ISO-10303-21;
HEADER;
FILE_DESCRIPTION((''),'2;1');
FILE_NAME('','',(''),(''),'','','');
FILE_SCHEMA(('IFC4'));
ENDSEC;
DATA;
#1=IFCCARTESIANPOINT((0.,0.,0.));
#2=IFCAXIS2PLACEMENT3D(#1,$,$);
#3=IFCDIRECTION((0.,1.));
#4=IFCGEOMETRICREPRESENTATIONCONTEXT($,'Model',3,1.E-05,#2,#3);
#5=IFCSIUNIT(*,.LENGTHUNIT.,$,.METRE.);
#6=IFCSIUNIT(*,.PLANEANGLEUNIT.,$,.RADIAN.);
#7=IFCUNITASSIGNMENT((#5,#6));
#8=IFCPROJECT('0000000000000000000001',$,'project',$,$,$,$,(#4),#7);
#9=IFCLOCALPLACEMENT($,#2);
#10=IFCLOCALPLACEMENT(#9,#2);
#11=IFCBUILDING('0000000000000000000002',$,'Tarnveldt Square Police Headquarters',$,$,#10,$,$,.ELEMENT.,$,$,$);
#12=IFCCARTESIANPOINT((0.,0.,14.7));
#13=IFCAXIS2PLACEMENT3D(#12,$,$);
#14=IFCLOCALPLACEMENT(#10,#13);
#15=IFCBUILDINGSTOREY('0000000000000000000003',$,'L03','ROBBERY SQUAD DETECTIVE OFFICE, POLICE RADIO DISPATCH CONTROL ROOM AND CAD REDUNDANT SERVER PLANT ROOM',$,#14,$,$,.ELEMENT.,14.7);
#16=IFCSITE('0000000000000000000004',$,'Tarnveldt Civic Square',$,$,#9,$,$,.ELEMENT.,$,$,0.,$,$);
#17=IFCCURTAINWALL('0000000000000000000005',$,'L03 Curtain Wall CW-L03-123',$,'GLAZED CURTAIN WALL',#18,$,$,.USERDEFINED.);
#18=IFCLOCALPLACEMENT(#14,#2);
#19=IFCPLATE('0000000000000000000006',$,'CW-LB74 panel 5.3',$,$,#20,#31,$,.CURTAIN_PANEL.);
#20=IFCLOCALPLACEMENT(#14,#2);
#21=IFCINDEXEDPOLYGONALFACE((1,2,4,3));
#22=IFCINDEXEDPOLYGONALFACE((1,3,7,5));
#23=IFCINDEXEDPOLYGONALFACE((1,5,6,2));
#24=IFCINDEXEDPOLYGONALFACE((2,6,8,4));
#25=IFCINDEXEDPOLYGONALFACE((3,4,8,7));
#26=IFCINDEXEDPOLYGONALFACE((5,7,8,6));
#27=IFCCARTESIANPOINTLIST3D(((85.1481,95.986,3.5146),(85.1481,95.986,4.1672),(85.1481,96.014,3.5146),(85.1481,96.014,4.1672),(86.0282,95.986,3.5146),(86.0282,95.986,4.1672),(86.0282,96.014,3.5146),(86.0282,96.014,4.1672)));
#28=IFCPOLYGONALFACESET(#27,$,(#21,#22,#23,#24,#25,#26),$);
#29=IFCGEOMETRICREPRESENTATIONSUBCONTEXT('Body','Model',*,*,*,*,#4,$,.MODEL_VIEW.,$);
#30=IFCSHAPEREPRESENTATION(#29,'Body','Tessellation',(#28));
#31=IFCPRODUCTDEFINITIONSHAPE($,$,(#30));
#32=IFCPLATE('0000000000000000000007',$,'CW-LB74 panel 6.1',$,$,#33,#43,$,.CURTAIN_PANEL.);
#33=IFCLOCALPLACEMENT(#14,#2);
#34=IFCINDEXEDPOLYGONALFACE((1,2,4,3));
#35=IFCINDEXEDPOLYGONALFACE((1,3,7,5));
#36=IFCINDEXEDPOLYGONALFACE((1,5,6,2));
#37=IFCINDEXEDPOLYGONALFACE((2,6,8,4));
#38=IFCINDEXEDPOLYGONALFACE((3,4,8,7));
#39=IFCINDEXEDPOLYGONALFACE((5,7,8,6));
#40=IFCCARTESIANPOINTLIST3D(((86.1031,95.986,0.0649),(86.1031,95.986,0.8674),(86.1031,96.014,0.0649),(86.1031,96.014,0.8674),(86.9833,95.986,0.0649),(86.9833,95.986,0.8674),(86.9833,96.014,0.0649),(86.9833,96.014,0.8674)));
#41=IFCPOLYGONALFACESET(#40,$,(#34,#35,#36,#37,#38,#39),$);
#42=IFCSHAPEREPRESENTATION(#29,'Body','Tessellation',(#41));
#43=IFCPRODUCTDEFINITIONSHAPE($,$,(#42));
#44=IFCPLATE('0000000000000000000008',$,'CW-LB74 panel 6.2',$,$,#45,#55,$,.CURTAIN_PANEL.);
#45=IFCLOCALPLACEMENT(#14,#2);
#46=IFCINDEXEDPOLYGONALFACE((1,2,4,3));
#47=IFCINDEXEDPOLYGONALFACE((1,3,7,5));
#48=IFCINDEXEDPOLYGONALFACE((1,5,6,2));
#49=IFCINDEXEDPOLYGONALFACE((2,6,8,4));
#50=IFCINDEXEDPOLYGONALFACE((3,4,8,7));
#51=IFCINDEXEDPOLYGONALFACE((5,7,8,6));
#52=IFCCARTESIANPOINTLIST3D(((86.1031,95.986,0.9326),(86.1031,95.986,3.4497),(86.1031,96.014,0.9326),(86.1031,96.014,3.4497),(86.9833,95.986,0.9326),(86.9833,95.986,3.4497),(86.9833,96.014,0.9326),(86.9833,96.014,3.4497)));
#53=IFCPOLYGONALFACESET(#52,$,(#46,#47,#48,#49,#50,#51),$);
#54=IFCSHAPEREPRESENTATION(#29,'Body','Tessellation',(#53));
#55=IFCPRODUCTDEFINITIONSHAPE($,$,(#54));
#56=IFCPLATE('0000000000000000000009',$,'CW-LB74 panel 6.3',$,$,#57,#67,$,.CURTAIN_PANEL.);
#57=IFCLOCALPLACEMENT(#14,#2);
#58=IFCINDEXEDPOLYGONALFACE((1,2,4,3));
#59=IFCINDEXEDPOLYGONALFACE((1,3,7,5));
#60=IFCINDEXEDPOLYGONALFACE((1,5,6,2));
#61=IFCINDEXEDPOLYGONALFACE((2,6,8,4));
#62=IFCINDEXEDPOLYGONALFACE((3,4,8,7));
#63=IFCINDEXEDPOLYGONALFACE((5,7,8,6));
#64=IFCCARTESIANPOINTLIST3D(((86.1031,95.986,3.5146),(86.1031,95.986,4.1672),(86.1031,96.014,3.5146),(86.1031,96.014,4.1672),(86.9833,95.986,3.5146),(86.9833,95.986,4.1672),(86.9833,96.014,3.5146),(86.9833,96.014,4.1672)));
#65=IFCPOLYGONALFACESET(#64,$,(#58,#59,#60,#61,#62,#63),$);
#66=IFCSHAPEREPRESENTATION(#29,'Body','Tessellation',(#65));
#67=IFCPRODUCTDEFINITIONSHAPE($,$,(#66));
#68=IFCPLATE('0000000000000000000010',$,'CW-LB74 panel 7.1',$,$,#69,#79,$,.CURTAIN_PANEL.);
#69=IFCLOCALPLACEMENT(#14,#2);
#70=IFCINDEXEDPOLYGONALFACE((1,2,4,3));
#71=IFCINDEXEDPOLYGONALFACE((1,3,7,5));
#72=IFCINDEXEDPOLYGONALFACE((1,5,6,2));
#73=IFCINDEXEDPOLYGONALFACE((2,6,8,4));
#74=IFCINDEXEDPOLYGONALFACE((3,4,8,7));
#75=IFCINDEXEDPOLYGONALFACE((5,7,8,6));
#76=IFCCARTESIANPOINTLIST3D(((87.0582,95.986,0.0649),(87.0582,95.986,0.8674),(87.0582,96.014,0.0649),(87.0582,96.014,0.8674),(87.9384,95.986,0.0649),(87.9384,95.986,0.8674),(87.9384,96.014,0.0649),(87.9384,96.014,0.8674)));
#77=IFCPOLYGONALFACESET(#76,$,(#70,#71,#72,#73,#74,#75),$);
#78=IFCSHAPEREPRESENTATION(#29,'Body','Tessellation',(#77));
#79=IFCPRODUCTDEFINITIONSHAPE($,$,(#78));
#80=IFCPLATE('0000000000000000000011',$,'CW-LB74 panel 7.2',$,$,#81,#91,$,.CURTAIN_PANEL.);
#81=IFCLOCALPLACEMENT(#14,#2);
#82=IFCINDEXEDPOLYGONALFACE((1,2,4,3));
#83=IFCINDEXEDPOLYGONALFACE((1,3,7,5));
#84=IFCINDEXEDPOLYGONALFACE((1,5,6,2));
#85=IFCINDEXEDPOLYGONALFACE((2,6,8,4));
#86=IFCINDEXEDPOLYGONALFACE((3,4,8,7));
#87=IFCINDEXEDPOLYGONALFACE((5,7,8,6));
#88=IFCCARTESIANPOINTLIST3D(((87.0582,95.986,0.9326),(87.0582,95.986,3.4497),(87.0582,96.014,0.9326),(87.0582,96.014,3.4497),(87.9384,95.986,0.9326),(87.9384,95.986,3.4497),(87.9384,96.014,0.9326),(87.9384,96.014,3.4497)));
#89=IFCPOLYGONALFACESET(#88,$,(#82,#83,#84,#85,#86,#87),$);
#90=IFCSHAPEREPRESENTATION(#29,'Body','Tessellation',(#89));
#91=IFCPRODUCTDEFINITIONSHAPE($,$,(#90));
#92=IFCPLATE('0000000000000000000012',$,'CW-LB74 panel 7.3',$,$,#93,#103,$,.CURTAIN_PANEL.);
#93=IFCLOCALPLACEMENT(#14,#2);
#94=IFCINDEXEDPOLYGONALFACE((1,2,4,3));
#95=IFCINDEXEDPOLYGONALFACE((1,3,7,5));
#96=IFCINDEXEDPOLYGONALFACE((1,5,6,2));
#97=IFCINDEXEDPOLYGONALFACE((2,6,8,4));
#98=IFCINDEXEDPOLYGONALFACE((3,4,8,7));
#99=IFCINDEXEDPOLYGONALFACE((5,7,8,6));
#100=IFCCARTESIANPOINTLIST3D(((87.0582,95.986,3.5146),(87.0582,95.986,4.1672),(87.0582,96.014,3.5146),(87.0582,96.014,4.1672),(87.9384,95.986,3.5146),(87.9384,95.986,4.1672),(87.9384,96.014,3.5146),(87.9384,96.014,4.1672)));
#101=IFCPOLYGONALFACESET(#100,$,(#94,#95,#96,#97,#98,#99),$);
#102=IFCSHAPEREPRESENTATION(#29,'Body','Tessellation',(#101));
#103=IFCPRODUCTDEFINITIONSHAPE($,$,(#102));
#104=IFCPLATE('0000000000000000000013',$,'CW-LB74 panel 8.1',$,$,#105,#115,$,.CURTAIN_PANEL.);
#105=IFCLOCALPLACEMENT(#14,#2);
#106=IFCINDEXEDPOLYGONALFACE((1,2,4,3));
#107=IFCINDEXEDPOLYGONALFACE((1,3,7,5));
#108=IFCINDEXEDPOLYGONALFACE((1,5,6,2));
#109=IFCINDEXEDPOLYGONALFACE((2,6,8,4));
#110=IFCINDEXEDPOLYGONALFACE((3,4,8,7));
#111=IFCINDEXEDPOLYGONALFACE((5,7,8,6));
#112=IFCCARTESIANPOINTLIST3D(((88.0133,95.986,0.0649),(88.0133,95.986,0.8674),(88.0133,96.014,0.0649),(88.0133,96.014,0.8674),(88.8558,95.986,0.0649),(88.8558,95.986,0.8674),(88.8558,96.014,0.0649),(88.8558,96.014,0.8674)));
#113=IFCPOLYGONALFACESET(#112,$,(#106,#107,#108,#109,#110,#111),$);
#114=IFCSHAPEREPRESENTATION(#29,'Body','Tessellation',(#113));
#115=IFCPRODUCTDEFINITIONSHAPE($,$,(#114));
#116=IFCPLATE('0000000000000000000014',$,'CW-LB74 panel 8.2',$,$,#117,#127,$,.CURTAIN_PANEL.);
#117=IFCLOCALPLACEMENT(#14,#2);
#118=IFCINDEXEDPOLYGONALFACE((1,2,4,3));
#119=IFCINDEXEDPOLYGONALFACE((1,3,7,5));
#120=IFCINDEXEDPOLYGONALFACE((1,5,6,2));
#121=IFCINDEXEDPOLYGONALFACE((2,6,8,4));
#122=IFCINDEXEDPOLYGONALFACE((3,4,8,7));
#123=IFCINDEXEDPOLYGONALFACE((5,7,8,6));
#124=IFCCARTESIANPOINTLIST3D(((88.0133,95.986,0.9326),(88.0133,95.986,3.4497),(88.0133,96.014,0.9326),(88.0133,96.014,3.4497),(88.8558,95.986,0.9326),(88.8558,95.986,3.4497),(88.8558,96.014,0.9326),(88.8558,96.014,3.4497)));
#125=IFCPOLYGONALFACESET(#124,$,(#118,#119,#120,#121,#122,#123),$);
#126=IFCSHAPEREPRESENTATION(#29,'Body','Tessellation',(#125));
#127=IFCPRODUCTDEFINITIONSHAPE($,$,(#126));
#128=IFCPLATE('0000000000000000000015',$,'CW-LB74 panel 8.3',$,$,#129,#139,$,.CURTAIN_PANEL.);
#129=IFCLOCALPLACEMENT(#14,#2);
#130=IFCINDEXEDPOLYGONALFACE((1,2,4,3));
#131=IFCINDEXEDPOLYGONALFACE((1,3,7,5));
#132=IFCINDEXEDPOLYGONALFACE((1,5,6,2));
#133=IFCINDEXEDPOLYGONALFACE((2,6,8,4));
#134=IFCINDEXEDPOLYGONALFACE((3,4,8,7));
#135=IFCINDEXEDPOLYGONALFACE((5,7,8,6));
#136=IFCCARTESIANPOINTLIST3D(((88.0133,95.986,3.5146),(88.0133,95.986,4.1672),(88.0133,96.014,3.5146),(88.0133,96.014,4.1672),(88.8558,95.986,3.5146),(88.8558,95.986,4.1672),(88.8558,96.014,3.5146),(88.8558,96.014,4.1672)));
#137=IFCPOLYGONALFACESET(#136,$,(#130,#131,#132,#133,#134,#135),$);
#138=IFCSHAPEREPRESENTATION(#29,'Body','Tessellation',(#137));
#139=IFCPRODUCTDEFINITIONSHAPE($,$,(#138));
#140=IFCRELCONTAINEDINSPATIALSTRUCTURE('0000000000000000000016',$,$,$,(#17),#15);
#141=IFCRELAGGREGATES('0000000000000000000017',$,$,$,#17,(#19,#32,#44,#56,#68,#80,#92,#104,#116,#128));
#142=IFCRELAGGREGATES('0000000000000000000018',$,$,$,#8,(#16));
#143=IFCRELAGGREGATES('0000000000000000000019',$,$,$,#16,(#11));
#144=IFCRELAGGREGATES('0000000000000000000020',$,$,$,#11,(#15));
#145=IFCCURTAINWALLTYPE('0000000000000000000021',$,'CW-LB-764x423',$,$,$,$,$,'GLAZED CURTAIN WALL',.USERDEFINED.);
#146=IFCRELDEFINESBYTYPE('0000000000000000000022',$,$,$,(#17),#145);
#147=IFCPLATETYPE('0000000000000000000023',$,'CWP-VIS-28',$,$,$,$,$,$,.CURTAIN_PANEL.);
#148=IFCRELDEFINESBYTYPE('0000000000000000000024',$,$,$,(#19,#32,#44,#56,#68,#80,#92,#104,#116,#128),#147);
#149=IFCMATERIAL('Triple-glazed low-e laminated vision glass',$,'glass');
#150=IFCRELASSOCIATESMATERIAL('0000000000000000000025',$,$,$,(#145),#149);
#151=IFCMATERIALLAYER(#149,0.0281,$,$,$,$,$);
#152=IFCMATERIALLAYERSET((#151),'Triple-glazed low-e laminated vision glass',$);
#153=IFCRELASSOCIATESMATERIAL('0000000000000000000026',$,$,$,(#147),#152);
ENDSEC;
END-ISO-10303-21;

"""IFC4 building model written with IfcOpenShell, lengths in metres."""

from ifc_helpers import new_model, si_unit, direction, frame, origin, origin_2d, place, context, subcontext, project, spatial, rectangle, extrude, material, layer, layer_set, type_object, element, aggregate, save


model = new_model("IFC4")

# Units and contexts
model_context = context("Model", 3, precision=1e-05, world=origin(), true_north=direction((0.0, 1.0)))
body_context = subcontext(model_context, "Body", "Model", "MODEL_VIEW")
ifc_project = project(units=[si_unit("LENGTHUNIT", "METRE"), si_unit("PLANEANGLEUNIT", "RADIAN")], contexts=[model_context])

# Site, building, storey
site_placement = place(None, origin())
site = spatial("IfcSite", under=ifc_project, at=site_placement, Name="Tarnveldt Civic Square", CompositionType="ELEMENT", RefElevation=0.0)
building_placement = place(site_placement, origin())
building = spatial("IfcBuilding", under=site, at=building_placement, Name="Tarnveldt Square Police Headquarters", CompositionType="ELEMENT")
storey_placement = place(building_placement, frame((0.0, 0.0, 14.7)))
storey = spatial("IfcBuildingStorey", under=building, at=storey_placement, Name="L03", Description="ROBBERY SQUAD DETECTIVE OFFICE, POLICE RADIO DISPATCH CONTROL ROOM AND CAD REDUNDANT SERVER PLANT ROOM", CompositionType="ELEMENT", Elevation=14.7)

# Curtain wall
ifc_material_1 = material(Name="Triple-glazed low-e laminated vision glass", Category="glass")
curtain_wall_type_1 = type_object("IfcCurtainWallType", Name="CW-LB-764x423", ElementType="GLAZED CURTAIN WALL", PredefinedType="USERDEFINED", material=ifc_material_1)
curtain_wall_1_placement = place(storey_placement, origin())
curtain_wall_1 = element("IfcCurtainWall", 1, at=curtain_wall_1_placement, inside=storey, type_object=curtain_wall_type_1, Name="L03 Curtain Wall CW-L03-123", ObjectType="GLAZED CURTAIN WALL", PredefinedType="USERDEFINED")

# Plates
ifc_layer = layer(ifc_material_1, 0.0281)
ifc_layer_set = layer_set([ifc_layer], Name="Triple-glazed low-e laminated vision glass")
plate_type = type_object("IfcPlateType", Name="CWP-VIS-28", PredefinedType="CURTAIN_PANEL", material=ifc_layer_set)
plate_1_placement = place(storey_placement, frame((85.5881, 96.0, 3.5146), z_axis=(0.0, 0.0, 1.0), x_axis=(1.0, 0.0, 0.0)))
plate_1 = element("IfcPlate", 2, at=plate_1_placement, type_object=plate_type, Name="CW-LB74 panel 5.3", PredefinedType="CURTAIN_PANEL", context=body_context, shape_type="SweptSolid", body=[
    extrude(rectangle(XDim=0.8801, YDim=0.0281, at=origin_2d()), origin(), (0.0, 0.0, 1.0), 0.6526),
])
plate_2_placement = place(storey_placement, frame((86.5432, 96.0, 0.0649), z_axis=(0.0, 0.0, 1.0), x_axis=(1.0, 0.0, 0.0)))
plate_2 = element("IfcPlate", 3, at=plate_2_placement, type_object=plate_type, Name="CW-LB74 panel 6.1", PredefinedType="CURTAIN_PANEL", context=body_context, shape_type="SweptSolid", body=[
    extrude(rectangle(XDim=0.8801, YDim=0.0281, at=origin_2d()), origin(), (0.0, 0.0, 1.0), 0.8025),
])
plate_3_placement = place(storey_placement, frame((86.5432, 96.0, 0.9326), z_axis=(0.0, 0.0, 1.0), x_axis=(1.0, 0.0, 0.0)))
plate_3 = element("IfcPlate", 4, at=plate_3_placement, type_object=plate_type, Name="CW-LB74 panel 6.2", PredefinedType="CURTAIN_PANEL", context=body_context, shape_type="SweptSolid", body=[
    extrude(rectangle(XDim=0.8801, YDim=0.0281, at=origin_2d()), origin(), (0.0, 0.0, 1.0), 2.5171),
])
plate_4_placement = place(storey_placement, frame((86.5432, 96.0, 3.5146), z_axis=(0.0, 0.0, 1.0), x_axis=(1.0, 0.0, 0.0)))
plate_4 = element("IfcPlate", 5, at=plate_4_placement, type_object=plate_type, Name="CW-LB74 panel 6.3", PredefinedType="CURTAIN_PANEL", context=body_context, shape_type="SweptSolid", body=[
    extrude(rectangle(XDim=0.8801, YDim=0.0281, at=origin_2d()), origin(), (0.0, 0.0, 1.0), 0.6526),
])
plate_5_placement = place(storey_placement, frame((87.4983, 96.0, 0.0649), z_axis=(0.0, 0.0, 1.0), x_axis=(1.0, 0.0, 0.0)))
plate_5 = element("IfcPlate", 6, at=plate_5_placement, type_object=plate_type, Name="CW-LB74 panel 7.1", PredefinedType="CURTAIN_PANEL", context=body_context, shape_type="SweptSolid", body=[
    extrude(rectangle(XDim=0.8801, YDim=0.0281, at=origin_2d()), origin(), (0.0, 0.0, 1.0), 0.8025),
])
plate_6_placement = place(storey_placement, frame((87.4983, 96.0, 0.9326), z_axis=(0.0, 0.0, 1.0), x_axis=(1.0, 0.0, 0.0)))
plate_6 = element("IfcPlate", 7, at=plate_6_placement, type_object=plate_type, Name="CW-LB74 panel 7.2", PredefinedType="CURTAIN_PANEL", context=body_context, shape_type="SweptSolid", body=[
    extrude(rectangle(XDim=0.8801, YDim=0.0281, at=origin_2d()), origin(), (0.0, 0.0, 1.0), 2.5171),
])
plate_7_placement = place(storey_placement, frame((87.4983, 96.0, 3.5146), z_axis=(0.0, 0.0, 1.0), x_axis=(1.0, 0.0, 0.0)))
plate_7 = element("IfcPlate", 8, at=plate_7_placement, type_object=plate_type, Name="CW-LB74 panel 7.3", PredefinedType="CURTAIN_PANEL", context=body_context, shape_type="SweptSolid", body=[
    extrude(rectangle(XDim=0.8801, YDim=0.0281, at=origin_2d()), origin(), (0.0, 0.0, 1.0), 0.6526),
])
plate_8_placement = place(storey_placement, frame((88.4346, 96.0, 0.0649), z_axis=(0.0, 0.0, 1.0), x_axis=(1.0, 0.0, 0.0)))
plate_8 = element("IfcPlate", 9, at=plate_8_placement, type_object=plate_type, Name="CW-LB74 panel 8.1", PredefinedType="CURTAIN_PANEL", context=body_context, shape_type="SweptSolid", body=[
    extrude(rectangle(XDim=0.8425, YDim=0.0281, at=origin_2d()), origin(), (0.0, 0.0, 1.0), 0.8025),
])
plate_9_placement = place(storey_placement, frame((88.4346, 96.0, 0.9326), z_axis=(0.0, 0.0, 1.0), x_axis=(1.0, 0.0, 0.0)))
plate_9 = element("IfcPlate", 10, at=plate_9_placement, type_object=plate_type, Name="CW-LB74 panel 8.2", PredefinedType="CURTAIN_PANEL", context=body_context, shape_type="SweptSolid", body=[
    extrude(rectangle(XDim=0.8425, YDim=0.0281, at=origin_2d()), origin(), (0.0, 0.0, 1.0), 2.5171),
])
plate_10_placement = place(storey_placement, frame((88.4346, 96.0, 3.5146), z_axis=(0.0, 0.0, 1.0), x_axis=(1.0, 0.0, 0.0)))
plate_10 = element("IfcPlate", 11, at=plate_10_placement, type_object=plate_type, Name="CW-LB74 panel 8.3", PredefinedType="CURTAIN_PANEL", context=body_context, shape_type="SweptSolid", body=[
    extrude(rectangle(XDim=0.8425, YDim=0.0281, at=origin_2d()), origin(), (0.0, 0.0, 1.0), 0.6526),
])
aggregate(curtain_wall_1, [plate_1, plate_2, plate_3, plate_4, plate_5, plate_6, plate_7, plate_8, plate_9, plate_10])

save(model, "model.ifc")
